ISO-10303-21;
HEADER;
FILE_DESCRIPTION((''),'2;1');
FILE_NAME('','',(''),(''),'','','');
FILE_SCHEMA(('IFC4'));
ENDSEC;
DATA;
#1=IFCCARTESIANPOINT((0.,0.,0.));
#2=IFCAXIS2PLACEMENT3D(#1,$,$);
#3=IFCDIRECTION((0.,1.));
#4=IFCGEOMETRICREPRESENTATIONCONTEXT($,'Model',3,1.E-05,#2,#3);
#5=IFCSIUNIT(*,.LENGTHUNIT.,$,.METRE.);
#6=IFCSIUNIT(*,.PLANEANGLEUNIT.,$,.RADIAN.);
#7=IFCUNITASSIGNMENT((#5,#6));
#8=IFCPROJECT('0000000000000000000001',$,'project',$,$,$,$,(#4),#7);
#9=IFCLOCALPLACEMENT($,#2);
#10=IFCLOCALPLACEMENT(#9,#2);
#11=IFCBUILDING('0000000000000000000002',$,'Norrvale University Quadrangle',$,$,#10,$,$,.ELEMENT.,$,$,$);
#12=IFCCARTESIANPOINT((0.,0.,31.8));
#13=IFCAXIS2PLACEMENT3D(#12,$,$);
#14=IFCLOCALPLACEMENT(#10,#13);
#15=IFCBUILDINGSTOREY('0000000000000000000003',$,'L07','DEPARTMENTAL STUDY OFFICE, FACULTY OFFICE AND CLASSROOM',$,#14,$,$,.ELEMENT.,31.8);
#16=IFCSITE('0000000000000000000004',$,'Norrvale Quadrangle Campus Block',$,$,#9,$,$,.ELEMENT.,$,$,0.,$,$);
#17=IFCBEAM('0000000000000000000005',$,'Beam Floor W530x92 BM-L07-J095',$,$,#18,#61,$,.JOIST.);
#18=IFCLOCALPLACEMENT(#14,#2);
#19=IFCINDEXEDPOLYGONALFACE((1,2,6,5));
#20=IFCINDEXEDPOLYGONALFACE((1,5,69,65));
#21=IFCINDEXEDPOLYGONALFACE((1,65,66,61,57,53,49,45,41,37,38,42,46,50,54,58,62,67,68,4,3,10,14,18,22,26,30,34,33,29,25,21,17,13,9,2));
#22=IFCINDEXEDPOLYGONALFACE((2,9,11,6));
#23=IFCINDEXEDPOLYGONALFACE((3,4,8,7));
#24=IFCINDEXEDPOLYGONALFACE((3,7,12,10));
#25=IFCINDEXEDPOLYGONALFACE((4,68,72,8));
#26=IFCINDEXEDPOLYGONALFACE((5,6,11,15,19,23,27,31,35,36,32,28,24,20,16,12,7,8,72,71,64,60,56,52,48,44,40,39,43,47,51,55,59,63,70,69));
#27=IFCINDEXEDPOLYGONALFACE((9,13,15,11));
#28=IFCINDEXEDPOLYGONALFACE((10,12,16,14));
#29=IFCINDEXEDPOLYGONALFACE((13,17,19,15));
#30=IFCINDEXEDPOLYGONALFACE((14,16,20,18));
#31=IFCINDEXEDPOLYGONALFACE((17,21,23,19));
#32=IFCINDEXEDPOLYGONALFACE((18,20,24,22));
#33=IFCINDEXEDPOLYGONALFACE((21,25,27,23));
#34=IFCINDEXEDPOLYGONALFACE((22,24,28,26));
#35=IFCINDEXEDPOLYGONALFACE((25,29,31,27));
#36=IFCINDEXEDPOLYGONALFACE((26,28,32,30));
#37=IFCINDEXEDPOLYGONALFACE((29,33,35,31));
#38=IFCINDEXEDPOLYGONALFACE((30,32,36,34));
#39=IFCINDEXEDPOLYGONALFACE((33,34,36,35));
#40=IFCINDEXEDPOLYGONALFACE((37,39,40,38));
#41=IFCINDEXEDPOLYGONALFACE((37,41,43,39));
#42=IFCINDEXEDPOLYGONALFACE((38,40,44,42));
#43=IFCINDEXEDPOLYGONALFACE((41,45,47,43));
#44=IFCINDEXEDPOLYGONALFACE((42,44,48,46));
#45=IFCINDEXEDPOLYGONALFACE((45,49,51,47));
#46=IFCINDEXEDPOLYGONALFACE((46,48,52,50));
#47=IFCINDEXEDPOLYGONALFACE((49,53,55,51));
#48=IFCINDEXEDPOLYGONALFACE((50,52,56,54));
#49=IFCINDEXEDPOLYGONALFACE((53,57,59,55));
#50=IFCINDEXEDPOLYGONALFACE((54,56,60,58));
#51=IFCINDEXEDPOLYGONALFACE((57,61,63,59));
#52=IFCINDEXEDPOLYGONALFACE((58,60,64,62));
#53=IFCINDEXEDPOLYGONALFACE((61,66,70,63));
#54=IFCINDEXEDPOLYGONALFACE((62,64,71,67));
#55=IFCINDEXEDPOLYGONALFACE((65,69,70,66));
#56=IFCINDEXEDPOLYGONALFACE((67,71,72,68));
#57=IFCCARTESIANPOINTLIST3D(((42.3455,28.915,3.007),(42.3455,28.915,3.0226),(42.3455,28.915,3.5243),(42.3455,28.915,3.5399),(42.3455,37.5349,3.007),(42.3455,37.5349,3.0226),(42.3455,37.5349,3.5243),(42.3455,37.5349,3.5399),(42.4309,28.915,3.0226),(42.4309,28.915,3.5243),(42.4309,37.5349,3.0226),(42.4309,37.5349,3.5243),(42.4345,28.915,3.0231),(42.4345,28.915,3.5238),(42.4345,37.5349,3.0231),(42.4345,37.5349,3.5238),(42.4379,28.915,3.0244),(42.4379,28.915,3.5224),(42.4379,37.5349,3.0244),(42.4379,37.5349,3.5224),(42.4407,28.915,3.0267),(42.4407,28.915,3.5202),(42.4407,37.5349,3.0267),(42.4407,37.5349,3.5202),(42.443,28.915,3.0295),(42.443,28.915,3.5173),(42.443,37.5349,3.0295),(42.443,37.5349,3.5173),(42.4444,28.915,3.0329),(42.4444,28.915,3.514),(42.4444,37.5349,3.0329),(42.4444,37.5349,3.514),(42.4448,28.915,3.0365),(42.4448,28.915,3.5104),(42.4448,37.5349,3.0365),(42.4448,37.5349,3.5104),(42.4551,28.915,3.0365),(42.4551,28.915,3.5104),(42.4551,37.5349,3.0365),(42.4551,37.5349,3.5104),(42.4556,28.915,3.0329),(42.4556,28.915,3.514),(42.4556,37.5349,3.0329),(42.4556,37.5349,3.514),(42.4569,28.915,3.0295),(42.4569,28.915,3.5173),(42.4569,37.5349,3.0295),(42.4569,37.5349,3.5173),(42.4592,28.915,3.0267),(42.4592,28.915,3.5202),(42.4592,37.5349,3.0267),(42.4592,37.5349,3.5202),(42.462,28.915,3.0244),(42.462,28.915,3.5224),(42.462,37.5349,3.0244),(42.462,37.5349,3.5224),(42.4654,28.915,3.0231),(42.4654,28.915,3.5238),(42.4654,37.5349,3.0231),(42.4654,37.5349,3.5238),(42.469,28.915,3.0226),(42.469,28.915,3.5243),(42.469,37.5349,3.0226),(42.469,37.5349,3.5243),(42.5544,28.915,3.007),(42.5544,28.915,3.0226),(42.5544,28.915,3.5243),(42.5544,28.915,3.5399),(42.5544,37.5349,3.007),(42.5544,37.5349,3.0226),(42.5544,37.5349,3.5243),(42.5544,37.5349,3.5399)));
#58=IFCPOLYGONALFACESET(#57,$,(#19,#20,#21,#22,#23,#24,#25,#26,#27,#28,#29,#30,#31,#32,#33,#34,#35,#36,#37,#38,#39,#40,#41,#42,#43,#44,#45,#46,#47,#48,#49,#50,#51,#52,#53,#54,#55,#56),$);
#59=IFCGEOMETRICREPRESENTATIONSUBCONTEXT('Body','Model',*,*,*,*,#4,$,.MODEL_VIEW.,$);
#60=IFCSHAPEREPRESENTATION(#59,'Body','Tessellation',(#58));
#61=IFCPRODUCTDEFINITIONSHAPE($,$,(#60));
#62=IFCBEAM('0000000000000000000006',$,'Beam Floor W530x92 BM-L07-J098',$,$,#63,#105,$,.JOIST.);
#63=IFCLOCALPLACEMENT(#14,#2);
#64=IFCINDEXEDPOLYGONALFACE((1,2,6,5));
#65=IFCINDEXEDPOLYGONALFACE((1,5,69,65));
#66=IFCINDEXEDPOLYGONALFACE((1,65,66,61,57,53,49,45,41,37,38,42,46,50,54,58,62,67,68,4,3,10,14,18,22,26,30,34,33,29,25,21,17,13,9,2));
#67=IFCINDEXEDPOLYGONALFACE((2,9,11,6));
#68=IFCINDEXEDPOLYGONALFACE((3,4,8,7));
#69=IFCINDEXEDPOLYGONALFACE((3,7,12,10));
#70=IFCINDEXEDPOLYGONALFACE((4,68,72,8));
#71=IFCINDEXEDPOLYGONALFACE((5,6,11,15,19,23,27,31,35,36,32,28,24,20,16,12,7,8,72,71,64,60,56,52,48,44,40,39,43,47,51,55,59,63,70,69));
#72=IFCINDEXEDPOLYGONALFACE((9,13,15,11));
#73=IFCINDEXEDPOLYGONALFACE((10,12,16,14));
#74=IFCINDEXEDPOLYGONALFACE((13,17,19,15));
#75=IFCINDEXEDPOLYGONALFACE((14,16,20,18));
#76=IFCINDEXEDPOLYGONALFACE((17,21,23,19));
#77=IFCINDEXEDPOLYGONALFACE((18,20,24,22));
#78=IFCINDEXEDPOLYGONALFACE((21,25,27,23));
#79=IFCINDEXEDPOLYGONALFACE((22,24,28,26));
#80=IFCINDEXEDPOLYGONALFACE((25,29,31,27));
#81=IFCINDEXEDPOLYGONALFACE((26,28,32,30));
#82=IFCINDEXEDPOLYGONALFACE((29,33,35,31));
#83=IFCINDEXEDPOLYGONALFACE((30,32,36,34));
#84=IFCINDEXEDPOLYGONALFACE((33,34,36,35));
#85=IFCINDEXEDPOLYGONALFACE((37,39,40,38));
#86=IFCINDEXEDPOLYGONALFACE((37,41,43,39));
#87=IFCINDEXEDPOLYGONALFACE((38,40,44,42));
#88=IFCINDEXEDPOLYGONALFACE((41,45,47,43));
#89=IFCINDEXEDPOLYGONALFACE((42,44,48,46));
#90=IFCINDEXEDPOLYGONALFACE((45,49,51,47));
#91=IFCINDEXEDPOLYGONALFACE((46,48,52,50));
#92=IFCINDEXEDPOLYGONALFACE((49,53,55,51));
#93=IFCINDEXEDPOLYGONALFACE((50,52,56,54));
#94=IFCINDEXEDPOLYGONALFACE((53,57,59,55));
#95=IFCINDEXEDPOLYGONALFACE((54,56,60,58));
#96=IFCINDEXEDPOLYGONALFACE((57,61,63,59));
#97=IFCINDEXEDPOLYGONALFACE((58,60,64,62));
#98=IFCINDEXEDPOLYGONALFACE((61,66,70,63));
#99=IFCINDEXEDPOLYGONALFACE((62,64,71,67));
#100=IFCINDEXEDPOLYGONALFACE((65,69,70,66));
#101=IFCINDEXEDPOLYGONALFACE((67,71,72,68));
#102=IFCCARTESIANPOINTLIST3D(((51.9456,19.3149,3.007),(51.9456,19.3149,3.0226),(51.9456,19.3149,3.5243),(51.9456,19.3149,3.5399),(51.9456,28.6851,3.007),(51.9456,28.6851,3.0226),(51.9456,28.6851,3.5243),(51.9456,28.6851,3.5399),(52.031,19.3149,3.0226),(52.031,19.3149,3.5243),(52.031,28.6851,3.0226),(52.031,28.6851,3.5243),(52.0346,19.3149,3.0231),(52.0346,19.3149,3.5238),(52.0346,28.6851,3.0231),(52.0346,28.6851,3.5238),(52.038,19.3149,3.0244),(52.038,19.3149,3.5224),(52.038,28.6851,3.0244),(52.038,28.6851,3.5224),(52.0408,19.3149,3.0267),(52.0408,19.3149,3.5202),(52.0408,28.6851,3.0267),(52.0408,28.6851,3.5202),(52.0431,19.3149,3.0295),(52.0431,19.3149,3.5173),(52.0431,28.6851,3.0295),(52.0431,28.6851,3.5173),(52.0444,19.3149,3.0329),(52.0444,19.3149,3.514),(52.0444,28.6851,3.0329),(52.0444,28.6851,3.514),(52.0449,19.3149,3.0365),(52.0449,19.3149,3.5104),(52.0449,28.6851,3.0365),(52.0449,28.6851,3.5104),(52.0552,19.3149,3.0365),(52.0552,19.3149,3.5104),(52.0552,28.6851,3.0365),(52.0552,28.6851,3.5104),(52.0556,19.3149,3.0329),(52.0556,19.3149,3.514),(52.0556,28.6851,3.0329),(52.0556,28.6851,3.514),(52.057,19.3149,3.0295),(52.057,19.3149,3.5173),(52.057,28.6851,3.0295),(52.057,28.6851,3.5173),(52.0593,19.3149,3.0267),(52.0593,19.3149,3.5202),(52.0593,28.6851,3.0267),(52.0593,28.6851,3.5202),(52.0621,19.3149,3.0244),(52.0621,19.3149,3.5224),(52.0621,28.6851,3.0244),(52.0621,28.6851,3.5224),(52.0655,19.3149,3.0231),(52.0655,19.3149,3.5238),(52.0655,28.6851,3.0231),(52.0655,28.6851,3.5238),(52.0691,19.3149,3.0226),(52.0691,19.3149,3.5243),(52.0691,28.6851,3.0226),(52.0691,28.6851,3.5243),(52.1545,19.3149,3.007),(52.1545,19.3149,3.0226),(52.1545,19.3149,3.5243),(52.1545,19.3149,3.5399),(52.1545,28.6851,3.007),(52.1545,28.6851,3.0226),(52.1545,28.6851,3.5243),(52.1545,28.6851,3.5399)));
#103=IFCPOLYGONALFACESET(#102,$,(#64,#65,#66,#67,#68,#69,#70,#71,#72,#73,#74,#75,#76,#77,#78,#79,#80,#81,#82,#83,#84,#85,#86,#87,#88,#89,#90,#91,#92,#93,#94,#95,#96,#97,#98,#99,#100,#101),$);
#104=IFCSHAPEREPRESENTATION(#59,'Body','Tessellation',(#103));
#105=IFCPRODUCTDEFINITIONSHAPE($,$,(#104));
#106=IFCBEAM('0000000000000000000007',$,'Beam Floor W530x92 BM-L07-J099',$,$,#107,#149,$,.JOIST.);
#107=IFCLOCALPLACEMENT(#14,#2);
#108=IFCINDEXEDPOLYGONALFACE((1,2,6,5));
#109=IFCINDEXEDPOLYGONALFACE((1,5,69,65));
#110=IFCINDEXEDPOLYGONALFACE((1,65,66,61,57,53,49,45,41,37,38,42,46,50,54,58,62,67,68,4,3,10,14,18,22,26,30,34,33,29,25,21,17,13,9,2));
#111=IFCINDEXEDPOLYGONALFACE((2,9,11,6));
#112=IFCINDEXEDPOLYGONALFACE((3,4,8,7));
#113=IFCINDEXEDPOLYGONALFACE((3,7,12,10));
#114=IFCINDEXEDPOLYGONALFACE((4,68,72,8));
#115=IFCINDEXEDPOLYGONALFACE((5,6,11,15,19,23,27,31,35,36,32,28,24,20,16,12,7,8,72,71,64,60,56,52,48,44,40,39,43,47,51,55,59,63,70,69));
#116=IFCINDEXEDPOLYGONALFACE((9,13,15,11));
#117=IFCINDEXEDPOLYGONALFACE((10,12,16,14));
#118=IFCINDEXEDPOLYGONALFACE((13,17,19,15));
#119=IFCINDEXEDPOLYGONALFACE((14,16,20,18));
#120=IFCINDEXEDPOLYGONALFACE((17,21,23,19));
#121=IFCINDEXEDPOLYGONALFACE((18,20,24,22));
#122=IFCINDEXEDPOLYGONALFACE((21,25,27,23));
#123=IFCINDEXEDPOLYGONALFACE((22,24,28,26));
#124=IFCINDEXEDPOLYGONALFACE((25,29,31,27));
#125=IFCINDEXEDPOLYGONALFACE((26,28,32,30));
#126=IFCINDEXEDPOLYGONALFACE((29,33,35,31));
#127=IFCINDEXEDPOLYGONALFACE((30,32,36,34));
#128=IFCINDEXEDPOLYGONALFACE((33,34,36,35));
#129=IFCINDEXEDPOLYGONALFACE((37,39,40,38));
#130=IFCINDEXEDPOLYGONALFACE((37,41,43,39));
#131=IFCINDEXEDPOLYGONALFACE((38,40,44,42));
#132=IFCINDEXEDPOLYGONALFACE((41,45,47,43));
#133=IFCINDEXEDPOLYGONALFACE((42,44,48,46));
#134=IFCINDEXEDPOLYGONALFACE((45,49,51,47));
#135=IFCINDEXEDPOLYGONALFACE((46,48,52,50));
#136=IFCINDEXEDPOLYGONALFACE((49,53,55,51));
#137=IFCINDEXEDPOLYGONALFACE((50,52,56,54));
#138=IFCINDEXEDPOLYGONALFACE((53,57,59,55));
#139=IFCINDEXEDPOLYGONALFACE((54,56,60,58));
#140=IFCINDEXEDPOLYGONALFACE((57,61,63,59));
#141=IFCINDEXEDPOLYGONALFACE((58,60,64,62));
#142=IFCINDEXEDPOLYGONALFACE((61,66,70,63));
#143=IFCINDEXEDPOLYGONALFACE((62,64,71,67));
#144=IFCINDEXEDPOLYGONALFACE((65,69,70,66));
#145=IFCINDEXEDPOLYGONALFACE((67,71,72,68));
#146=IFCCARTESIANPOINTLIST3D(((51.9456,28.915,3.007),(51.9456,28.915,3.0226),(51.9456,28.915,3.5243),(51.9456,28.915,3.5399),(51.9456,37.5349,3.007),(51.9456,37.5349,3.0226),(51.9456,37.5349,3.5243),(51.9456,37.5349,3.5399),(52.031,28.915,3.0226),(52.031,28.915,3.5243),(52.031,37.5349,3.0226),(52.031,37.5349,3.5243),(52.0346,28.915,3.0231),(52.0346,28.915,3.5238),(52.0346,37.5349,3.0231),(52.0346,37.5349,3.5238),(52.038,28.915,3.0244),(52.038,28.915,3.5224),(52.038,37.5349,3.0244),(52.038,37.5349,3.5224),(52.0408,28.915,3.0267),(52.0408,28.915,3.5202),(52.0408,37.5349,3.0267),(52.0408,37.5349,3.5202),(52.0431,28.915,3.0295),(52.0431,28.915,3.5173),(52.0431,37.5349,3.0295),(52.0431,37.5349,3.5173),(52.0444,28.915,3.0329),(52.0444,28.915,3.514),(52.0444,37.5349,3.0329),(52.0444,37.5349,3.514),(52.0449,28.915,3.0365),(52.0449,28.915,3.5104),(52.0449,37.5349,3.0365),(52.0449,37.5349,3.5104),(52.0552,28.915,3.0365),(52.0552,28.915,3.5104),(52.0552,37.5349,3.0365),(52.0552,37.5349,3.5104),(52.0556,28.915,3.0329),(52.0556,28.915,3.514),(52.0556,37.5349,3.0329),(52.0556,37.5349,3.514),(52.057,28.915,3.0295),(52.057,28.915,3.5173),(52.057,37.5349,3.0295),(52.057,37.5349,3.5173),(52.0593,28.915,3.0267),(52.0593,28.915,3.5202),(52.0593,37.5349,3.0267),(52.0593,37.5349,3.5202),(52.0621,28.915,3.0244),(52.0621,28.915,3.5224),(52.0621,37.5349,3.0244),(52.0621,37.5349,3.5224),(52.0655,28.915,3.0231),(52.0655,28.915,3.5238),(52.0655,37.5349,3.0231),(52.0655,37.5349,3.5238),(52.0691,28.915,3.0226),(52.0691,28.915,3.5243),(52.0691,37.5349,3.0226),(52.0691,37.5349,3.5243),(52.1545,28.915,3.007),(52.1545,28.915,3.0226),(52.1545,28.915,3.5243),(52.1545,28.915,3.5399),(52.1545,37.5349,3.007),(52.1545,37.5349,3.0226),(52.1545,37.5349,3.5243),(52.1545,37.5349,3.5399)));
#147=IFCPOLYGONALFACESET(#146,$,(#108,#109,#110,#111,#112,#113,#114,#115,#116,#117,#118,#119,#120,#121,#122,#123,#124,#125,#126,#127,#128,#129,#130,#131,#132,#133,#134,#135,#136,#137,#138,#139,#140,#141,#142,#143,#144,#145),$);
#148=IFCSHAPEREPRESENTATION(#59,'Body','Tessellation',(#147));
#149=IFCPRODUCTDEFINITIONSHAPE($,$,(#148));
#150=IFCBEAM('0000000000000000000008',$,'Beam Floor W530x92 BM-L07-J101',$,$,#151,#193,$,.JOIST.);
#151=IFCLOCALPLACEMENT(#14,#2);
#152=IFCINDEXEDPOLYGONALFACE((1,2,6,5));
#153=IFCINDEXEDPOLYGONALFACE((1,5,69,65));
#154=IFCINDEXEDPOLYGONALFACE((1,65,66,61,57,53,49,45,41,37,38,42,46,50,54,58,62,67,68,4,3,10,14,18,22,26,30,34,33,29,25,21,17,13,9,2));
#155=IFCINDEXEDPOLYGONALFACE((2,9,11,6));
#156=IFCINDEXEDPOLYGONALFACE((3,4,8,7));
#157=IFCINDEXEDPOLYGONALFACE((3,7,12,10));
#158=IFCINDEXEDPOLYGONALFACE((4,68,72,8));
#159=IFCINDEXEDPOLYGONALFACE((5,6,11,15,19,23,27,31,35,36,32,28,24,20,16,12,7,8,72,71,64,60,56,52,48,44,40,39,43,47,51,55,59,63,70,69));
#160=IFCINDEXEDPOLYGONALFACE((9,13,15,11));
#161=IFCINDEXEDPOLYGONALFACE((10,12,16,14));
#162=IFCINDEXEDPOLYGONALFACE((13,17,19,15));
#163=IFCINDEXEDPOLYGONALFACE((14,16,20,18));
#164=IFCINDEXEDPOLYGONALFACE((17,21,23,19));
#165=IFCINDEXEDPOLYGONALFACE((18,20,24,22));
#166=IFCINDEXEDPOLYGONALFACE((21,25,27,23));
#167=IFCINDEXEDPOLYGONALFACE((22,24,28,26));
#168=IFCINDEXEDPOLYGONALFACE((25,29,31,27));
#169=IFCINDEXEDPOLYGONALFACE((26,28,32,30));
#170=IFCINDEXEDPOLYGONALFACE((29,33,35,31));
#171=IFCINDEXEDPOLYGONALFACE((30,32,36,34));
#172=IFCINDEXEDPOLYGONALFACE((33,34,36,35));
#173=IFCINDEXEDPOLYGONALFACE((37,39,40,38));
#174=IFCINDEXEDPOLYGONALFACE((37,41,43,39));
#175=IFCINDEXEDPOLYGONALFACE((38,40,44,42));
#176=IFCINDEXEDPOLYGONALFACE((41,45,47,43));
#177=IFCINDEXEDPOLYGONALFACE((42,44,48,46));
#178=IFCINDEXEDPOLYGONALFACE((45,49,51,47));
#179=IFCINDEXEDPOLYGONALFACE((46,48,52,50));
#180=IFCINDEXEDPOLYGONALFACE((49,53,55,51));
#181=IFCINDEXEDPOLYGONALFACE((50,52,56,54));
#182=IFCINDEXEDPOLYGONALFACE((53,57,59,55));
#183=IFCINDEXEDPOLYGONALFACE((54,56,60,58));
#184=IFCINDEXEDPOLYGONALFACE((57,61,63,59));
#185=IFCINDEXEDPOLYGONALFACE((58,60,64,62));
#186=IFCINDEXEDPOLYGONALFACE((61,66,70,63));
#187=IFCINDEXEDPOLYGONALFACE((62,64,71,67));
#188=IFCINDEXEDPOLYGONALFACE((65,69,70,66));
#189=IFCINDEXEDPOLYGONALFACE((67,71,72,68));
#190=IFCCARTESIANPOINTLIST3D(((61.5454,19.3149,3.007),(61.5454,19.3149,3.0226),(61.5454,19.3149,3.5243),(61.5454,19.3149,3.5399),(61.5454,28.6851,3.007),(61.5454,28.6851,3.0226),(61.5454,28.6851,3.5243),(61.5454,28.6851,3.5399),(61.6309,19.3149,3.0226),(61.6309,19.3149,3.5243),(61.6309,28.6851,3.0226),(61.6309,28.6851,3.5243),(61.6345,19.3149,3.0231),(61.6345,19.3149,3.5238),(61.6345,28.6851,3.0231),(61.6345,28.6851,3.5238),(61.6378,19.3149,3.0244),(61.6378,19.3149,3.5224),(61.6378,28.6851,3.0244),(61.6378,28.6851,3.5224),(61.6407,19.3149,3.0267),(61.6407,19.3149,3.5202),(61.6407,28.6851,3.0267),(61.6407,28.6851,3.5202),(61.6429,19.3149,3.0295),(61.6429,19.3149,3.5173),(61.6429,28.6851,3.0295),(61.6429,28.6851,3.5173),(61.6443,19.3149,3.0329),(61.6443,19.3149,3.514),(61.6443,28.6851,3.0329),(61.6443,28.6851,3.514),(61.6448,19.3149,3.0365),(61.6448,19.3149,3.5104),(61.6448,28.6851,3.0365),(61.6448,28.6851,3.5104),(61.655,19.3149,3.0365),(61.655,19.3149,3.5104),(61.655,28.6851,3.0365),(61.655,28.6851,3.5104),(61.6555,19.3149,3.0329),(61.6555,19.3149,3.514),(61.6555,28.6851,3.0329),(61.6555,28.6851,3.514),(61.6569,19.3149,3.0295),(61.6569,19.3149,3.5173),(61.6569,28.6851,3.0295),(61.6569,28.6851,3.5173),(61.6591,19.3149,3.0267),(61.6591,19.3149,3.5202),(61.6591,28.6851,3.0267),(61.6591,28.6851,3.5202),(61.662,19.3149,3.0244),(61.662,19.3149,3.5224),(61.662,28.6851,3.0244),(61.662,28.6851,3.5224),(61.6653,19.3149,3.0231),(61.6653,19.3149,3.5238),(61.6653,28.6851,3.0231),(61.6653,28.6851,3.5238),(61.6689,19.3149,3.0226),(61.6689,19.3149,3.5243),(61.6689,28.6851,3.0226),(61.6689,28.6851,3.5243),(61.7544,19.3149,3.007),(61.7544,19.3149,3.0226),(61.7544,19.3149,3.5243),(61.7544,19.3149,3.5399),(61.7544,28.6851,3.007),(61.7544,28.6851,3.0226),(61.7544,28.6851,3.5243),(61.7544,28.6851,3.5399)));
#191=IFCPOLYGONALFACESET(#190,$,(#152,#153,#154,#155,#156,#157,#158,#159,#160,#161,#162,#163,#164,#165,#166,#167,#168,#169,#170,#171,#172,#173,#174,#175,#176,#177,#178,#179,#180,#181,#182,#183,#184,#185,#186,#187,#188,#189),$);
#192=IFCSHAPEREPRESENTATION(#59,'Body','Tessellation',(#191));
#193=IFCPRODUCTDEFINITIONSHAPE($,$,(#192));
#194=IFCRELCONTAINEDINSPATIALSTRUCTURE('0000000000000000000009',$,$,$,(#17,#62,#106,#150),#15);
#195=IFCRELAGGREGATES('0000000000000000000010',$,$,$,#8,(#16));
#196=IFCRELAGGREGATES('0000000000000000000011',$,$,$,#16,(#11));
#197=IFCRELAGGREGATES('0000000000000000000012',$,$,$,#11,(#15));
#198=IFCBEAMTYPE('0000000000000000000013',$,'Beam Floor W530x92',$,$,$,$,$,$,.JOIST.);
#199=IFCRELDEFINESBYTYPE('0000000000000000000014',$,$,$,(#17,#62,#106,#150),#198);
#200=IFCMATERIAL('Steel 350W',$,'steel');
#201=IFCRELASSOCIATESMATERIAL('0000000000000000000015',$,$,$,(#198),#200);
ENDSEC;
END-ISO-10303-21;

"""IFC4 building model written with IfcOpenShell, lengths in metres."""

from ifc_helpers import new_model, si_unit, direction, frame, origin, origin_2d, place, context, subcontext, project, spatial, i_section, extrude, material, material_profile, profile_set, type_object, element, save


model = new_model("IFC4")

# Units and contexts
model_context = context("Model", 3, precision=1e-05, world=origin(), true_north=direction((0.0, 1.0)))
body_context = subcontext(model_context, "Body", "Model", "MODEL_VIEW")
ifc_project = project(units=[si_unit("LENGTHUNIT", "METRE"), si_unit("PLANEANGLEUNIT", "RADIAN")], contexts=[model_context])

# Site, building, storey
site_placement = place(None, origin())
site = spatial("IfcSite", under=ifc_project, at=site_placement, Name="Norrvale Quadrangle Campus Block", CompositionType="ELEMENT", RefElevation=0.0)
building_placement = place(site_placement, origin())
building = spatial("IfcBuilding", under=site, at=building_placement, Name="Norrvale University Quadrangle", CompositionType="ELEMENT")
storey_placement = place(building_placement, frame((0.0, 0.0, 31.8)))
storey = spatial("IfcBuildingStorey", under=building, at=storey_placement, Name="L07", Description="DEPARTMENTAL STUDY OFFICE, FACULTY OFFICE AND CLASSROOM", CompositionType="ELEMENT", Elevation=31.8)

# Beams
ifc_material_1 = material(Name="Steel 350W", Category="steel")
ifc_material_profile_1 = material_profile(ifc_material_1, i_section(OverallWidth=0.209, OverallDepth=0.533, WebThickness=0.0103, FlangeThickness=0.0156, FilletRadius=0.0139, at=origin_2d()), Name="Steel 350W")
ifc_profile_set_1 = profile_set([ifc_material_profile_1], Name="Steel 350W")
beam_type_1 = type_object("IfcBeamType", Name="Beam Floor W530x92", PredefinedType="JOIST", material=ifc_profile_set_1)
beam_1_placement = place(storey_placement, frame((42.45, 28.915, 3.2734), z_axis=(0.0, 1.0, 0.0), x_axis=(-1.0, 0.0, 0.0)))
element("IfcBeam", 1, at=beam_1_placement, inside=storey, type_object=beam_type_1, Name="Beam Floor W530x92 BM-L07-J095", PredefinedType="JOIST", context=body_context, shape_type="SweptSolid", body=[
    extrude(i_section(OverallWidth=0.209, OverallDepth=0.533, WebThickness=0.0103, FlangeThickness=0.0156, FilletRadius=0.0139, at=origin_2d()), origin(), (0.0, 0.0, 1.0), 8.6199),
])
beam_2_placement = place(storey_placement, frame((52.05, 19.3149, 3.2734), z_axis=(0.0, 1.0, 0.0), x_axis=(-1.0, 0.0, 0.0)))
element("IfcBeam", 2, at=beam_2_placement, inside=storey, type_object=beam_type_1, Name="Beam Floor W530x92 BM-L07-J098", PredefinedType="JOIST", context=body_context, shape_type="SweptSolid", body=[
    extrude(i_section(OverallWidth=0.209, OverallDepth=0.533, WebThickness=0.0103, FlangeThickness=0.0156, FilletRadius=0.0139, at=origin_2d()), origin(), (0.0, 0.0, 1.0), 9.3701),
])
beam_3_placement = place(storey_placement, frame((52.05, 28.915, 3.2734), z_axis=(0.0, 1.0, 0.0), x_axis=(-1.0, 0.0, 0.0)))
element("IfcBeam", 3, at=beam_3_placement, inside=storey, type_object=beam_type_1, Name="Beam Floor W530x92 BM-L07-J099", PredefinedType="JOIST", context=body_context, shape_type="SweptSolid", body=[
    extrude(i_section(OverallWidth=0.209, OverallDepth=0.533, WebThickness=0.0103, FlangeThickness=0.0156, FilletRadius=0.0139, at=origin_2d()), origin(), (0.0, 0.0, 1.0), 8.6199),
])
beam_4_placement = place(storey_placement, frame((61.6499, 19.3149, 3.2734), z_axis=(0.0, 1.0, 0.0), x_axis=(-1.0, 0.0, 0.0)))
element("IfcBeam", 4, at=beam_4_placement, inside=storey, type_object=beam_type_1, Name="Beam Floor W530x92 BM-L07-J101", PredefinedType="JOIST", context=body_context, shape_type="SweptSolid", body=[
    extrude(i_section(OverallWidth=0.209, OverallDepth=0.533, WebThickness=0.0103, FlangeThickness=0.0156, FilletRadius=0.0139, at=origin_2d()), origin(), (0.0, 0.0, 1.0), 9.3701),
])

save(model, "model.ifc")
